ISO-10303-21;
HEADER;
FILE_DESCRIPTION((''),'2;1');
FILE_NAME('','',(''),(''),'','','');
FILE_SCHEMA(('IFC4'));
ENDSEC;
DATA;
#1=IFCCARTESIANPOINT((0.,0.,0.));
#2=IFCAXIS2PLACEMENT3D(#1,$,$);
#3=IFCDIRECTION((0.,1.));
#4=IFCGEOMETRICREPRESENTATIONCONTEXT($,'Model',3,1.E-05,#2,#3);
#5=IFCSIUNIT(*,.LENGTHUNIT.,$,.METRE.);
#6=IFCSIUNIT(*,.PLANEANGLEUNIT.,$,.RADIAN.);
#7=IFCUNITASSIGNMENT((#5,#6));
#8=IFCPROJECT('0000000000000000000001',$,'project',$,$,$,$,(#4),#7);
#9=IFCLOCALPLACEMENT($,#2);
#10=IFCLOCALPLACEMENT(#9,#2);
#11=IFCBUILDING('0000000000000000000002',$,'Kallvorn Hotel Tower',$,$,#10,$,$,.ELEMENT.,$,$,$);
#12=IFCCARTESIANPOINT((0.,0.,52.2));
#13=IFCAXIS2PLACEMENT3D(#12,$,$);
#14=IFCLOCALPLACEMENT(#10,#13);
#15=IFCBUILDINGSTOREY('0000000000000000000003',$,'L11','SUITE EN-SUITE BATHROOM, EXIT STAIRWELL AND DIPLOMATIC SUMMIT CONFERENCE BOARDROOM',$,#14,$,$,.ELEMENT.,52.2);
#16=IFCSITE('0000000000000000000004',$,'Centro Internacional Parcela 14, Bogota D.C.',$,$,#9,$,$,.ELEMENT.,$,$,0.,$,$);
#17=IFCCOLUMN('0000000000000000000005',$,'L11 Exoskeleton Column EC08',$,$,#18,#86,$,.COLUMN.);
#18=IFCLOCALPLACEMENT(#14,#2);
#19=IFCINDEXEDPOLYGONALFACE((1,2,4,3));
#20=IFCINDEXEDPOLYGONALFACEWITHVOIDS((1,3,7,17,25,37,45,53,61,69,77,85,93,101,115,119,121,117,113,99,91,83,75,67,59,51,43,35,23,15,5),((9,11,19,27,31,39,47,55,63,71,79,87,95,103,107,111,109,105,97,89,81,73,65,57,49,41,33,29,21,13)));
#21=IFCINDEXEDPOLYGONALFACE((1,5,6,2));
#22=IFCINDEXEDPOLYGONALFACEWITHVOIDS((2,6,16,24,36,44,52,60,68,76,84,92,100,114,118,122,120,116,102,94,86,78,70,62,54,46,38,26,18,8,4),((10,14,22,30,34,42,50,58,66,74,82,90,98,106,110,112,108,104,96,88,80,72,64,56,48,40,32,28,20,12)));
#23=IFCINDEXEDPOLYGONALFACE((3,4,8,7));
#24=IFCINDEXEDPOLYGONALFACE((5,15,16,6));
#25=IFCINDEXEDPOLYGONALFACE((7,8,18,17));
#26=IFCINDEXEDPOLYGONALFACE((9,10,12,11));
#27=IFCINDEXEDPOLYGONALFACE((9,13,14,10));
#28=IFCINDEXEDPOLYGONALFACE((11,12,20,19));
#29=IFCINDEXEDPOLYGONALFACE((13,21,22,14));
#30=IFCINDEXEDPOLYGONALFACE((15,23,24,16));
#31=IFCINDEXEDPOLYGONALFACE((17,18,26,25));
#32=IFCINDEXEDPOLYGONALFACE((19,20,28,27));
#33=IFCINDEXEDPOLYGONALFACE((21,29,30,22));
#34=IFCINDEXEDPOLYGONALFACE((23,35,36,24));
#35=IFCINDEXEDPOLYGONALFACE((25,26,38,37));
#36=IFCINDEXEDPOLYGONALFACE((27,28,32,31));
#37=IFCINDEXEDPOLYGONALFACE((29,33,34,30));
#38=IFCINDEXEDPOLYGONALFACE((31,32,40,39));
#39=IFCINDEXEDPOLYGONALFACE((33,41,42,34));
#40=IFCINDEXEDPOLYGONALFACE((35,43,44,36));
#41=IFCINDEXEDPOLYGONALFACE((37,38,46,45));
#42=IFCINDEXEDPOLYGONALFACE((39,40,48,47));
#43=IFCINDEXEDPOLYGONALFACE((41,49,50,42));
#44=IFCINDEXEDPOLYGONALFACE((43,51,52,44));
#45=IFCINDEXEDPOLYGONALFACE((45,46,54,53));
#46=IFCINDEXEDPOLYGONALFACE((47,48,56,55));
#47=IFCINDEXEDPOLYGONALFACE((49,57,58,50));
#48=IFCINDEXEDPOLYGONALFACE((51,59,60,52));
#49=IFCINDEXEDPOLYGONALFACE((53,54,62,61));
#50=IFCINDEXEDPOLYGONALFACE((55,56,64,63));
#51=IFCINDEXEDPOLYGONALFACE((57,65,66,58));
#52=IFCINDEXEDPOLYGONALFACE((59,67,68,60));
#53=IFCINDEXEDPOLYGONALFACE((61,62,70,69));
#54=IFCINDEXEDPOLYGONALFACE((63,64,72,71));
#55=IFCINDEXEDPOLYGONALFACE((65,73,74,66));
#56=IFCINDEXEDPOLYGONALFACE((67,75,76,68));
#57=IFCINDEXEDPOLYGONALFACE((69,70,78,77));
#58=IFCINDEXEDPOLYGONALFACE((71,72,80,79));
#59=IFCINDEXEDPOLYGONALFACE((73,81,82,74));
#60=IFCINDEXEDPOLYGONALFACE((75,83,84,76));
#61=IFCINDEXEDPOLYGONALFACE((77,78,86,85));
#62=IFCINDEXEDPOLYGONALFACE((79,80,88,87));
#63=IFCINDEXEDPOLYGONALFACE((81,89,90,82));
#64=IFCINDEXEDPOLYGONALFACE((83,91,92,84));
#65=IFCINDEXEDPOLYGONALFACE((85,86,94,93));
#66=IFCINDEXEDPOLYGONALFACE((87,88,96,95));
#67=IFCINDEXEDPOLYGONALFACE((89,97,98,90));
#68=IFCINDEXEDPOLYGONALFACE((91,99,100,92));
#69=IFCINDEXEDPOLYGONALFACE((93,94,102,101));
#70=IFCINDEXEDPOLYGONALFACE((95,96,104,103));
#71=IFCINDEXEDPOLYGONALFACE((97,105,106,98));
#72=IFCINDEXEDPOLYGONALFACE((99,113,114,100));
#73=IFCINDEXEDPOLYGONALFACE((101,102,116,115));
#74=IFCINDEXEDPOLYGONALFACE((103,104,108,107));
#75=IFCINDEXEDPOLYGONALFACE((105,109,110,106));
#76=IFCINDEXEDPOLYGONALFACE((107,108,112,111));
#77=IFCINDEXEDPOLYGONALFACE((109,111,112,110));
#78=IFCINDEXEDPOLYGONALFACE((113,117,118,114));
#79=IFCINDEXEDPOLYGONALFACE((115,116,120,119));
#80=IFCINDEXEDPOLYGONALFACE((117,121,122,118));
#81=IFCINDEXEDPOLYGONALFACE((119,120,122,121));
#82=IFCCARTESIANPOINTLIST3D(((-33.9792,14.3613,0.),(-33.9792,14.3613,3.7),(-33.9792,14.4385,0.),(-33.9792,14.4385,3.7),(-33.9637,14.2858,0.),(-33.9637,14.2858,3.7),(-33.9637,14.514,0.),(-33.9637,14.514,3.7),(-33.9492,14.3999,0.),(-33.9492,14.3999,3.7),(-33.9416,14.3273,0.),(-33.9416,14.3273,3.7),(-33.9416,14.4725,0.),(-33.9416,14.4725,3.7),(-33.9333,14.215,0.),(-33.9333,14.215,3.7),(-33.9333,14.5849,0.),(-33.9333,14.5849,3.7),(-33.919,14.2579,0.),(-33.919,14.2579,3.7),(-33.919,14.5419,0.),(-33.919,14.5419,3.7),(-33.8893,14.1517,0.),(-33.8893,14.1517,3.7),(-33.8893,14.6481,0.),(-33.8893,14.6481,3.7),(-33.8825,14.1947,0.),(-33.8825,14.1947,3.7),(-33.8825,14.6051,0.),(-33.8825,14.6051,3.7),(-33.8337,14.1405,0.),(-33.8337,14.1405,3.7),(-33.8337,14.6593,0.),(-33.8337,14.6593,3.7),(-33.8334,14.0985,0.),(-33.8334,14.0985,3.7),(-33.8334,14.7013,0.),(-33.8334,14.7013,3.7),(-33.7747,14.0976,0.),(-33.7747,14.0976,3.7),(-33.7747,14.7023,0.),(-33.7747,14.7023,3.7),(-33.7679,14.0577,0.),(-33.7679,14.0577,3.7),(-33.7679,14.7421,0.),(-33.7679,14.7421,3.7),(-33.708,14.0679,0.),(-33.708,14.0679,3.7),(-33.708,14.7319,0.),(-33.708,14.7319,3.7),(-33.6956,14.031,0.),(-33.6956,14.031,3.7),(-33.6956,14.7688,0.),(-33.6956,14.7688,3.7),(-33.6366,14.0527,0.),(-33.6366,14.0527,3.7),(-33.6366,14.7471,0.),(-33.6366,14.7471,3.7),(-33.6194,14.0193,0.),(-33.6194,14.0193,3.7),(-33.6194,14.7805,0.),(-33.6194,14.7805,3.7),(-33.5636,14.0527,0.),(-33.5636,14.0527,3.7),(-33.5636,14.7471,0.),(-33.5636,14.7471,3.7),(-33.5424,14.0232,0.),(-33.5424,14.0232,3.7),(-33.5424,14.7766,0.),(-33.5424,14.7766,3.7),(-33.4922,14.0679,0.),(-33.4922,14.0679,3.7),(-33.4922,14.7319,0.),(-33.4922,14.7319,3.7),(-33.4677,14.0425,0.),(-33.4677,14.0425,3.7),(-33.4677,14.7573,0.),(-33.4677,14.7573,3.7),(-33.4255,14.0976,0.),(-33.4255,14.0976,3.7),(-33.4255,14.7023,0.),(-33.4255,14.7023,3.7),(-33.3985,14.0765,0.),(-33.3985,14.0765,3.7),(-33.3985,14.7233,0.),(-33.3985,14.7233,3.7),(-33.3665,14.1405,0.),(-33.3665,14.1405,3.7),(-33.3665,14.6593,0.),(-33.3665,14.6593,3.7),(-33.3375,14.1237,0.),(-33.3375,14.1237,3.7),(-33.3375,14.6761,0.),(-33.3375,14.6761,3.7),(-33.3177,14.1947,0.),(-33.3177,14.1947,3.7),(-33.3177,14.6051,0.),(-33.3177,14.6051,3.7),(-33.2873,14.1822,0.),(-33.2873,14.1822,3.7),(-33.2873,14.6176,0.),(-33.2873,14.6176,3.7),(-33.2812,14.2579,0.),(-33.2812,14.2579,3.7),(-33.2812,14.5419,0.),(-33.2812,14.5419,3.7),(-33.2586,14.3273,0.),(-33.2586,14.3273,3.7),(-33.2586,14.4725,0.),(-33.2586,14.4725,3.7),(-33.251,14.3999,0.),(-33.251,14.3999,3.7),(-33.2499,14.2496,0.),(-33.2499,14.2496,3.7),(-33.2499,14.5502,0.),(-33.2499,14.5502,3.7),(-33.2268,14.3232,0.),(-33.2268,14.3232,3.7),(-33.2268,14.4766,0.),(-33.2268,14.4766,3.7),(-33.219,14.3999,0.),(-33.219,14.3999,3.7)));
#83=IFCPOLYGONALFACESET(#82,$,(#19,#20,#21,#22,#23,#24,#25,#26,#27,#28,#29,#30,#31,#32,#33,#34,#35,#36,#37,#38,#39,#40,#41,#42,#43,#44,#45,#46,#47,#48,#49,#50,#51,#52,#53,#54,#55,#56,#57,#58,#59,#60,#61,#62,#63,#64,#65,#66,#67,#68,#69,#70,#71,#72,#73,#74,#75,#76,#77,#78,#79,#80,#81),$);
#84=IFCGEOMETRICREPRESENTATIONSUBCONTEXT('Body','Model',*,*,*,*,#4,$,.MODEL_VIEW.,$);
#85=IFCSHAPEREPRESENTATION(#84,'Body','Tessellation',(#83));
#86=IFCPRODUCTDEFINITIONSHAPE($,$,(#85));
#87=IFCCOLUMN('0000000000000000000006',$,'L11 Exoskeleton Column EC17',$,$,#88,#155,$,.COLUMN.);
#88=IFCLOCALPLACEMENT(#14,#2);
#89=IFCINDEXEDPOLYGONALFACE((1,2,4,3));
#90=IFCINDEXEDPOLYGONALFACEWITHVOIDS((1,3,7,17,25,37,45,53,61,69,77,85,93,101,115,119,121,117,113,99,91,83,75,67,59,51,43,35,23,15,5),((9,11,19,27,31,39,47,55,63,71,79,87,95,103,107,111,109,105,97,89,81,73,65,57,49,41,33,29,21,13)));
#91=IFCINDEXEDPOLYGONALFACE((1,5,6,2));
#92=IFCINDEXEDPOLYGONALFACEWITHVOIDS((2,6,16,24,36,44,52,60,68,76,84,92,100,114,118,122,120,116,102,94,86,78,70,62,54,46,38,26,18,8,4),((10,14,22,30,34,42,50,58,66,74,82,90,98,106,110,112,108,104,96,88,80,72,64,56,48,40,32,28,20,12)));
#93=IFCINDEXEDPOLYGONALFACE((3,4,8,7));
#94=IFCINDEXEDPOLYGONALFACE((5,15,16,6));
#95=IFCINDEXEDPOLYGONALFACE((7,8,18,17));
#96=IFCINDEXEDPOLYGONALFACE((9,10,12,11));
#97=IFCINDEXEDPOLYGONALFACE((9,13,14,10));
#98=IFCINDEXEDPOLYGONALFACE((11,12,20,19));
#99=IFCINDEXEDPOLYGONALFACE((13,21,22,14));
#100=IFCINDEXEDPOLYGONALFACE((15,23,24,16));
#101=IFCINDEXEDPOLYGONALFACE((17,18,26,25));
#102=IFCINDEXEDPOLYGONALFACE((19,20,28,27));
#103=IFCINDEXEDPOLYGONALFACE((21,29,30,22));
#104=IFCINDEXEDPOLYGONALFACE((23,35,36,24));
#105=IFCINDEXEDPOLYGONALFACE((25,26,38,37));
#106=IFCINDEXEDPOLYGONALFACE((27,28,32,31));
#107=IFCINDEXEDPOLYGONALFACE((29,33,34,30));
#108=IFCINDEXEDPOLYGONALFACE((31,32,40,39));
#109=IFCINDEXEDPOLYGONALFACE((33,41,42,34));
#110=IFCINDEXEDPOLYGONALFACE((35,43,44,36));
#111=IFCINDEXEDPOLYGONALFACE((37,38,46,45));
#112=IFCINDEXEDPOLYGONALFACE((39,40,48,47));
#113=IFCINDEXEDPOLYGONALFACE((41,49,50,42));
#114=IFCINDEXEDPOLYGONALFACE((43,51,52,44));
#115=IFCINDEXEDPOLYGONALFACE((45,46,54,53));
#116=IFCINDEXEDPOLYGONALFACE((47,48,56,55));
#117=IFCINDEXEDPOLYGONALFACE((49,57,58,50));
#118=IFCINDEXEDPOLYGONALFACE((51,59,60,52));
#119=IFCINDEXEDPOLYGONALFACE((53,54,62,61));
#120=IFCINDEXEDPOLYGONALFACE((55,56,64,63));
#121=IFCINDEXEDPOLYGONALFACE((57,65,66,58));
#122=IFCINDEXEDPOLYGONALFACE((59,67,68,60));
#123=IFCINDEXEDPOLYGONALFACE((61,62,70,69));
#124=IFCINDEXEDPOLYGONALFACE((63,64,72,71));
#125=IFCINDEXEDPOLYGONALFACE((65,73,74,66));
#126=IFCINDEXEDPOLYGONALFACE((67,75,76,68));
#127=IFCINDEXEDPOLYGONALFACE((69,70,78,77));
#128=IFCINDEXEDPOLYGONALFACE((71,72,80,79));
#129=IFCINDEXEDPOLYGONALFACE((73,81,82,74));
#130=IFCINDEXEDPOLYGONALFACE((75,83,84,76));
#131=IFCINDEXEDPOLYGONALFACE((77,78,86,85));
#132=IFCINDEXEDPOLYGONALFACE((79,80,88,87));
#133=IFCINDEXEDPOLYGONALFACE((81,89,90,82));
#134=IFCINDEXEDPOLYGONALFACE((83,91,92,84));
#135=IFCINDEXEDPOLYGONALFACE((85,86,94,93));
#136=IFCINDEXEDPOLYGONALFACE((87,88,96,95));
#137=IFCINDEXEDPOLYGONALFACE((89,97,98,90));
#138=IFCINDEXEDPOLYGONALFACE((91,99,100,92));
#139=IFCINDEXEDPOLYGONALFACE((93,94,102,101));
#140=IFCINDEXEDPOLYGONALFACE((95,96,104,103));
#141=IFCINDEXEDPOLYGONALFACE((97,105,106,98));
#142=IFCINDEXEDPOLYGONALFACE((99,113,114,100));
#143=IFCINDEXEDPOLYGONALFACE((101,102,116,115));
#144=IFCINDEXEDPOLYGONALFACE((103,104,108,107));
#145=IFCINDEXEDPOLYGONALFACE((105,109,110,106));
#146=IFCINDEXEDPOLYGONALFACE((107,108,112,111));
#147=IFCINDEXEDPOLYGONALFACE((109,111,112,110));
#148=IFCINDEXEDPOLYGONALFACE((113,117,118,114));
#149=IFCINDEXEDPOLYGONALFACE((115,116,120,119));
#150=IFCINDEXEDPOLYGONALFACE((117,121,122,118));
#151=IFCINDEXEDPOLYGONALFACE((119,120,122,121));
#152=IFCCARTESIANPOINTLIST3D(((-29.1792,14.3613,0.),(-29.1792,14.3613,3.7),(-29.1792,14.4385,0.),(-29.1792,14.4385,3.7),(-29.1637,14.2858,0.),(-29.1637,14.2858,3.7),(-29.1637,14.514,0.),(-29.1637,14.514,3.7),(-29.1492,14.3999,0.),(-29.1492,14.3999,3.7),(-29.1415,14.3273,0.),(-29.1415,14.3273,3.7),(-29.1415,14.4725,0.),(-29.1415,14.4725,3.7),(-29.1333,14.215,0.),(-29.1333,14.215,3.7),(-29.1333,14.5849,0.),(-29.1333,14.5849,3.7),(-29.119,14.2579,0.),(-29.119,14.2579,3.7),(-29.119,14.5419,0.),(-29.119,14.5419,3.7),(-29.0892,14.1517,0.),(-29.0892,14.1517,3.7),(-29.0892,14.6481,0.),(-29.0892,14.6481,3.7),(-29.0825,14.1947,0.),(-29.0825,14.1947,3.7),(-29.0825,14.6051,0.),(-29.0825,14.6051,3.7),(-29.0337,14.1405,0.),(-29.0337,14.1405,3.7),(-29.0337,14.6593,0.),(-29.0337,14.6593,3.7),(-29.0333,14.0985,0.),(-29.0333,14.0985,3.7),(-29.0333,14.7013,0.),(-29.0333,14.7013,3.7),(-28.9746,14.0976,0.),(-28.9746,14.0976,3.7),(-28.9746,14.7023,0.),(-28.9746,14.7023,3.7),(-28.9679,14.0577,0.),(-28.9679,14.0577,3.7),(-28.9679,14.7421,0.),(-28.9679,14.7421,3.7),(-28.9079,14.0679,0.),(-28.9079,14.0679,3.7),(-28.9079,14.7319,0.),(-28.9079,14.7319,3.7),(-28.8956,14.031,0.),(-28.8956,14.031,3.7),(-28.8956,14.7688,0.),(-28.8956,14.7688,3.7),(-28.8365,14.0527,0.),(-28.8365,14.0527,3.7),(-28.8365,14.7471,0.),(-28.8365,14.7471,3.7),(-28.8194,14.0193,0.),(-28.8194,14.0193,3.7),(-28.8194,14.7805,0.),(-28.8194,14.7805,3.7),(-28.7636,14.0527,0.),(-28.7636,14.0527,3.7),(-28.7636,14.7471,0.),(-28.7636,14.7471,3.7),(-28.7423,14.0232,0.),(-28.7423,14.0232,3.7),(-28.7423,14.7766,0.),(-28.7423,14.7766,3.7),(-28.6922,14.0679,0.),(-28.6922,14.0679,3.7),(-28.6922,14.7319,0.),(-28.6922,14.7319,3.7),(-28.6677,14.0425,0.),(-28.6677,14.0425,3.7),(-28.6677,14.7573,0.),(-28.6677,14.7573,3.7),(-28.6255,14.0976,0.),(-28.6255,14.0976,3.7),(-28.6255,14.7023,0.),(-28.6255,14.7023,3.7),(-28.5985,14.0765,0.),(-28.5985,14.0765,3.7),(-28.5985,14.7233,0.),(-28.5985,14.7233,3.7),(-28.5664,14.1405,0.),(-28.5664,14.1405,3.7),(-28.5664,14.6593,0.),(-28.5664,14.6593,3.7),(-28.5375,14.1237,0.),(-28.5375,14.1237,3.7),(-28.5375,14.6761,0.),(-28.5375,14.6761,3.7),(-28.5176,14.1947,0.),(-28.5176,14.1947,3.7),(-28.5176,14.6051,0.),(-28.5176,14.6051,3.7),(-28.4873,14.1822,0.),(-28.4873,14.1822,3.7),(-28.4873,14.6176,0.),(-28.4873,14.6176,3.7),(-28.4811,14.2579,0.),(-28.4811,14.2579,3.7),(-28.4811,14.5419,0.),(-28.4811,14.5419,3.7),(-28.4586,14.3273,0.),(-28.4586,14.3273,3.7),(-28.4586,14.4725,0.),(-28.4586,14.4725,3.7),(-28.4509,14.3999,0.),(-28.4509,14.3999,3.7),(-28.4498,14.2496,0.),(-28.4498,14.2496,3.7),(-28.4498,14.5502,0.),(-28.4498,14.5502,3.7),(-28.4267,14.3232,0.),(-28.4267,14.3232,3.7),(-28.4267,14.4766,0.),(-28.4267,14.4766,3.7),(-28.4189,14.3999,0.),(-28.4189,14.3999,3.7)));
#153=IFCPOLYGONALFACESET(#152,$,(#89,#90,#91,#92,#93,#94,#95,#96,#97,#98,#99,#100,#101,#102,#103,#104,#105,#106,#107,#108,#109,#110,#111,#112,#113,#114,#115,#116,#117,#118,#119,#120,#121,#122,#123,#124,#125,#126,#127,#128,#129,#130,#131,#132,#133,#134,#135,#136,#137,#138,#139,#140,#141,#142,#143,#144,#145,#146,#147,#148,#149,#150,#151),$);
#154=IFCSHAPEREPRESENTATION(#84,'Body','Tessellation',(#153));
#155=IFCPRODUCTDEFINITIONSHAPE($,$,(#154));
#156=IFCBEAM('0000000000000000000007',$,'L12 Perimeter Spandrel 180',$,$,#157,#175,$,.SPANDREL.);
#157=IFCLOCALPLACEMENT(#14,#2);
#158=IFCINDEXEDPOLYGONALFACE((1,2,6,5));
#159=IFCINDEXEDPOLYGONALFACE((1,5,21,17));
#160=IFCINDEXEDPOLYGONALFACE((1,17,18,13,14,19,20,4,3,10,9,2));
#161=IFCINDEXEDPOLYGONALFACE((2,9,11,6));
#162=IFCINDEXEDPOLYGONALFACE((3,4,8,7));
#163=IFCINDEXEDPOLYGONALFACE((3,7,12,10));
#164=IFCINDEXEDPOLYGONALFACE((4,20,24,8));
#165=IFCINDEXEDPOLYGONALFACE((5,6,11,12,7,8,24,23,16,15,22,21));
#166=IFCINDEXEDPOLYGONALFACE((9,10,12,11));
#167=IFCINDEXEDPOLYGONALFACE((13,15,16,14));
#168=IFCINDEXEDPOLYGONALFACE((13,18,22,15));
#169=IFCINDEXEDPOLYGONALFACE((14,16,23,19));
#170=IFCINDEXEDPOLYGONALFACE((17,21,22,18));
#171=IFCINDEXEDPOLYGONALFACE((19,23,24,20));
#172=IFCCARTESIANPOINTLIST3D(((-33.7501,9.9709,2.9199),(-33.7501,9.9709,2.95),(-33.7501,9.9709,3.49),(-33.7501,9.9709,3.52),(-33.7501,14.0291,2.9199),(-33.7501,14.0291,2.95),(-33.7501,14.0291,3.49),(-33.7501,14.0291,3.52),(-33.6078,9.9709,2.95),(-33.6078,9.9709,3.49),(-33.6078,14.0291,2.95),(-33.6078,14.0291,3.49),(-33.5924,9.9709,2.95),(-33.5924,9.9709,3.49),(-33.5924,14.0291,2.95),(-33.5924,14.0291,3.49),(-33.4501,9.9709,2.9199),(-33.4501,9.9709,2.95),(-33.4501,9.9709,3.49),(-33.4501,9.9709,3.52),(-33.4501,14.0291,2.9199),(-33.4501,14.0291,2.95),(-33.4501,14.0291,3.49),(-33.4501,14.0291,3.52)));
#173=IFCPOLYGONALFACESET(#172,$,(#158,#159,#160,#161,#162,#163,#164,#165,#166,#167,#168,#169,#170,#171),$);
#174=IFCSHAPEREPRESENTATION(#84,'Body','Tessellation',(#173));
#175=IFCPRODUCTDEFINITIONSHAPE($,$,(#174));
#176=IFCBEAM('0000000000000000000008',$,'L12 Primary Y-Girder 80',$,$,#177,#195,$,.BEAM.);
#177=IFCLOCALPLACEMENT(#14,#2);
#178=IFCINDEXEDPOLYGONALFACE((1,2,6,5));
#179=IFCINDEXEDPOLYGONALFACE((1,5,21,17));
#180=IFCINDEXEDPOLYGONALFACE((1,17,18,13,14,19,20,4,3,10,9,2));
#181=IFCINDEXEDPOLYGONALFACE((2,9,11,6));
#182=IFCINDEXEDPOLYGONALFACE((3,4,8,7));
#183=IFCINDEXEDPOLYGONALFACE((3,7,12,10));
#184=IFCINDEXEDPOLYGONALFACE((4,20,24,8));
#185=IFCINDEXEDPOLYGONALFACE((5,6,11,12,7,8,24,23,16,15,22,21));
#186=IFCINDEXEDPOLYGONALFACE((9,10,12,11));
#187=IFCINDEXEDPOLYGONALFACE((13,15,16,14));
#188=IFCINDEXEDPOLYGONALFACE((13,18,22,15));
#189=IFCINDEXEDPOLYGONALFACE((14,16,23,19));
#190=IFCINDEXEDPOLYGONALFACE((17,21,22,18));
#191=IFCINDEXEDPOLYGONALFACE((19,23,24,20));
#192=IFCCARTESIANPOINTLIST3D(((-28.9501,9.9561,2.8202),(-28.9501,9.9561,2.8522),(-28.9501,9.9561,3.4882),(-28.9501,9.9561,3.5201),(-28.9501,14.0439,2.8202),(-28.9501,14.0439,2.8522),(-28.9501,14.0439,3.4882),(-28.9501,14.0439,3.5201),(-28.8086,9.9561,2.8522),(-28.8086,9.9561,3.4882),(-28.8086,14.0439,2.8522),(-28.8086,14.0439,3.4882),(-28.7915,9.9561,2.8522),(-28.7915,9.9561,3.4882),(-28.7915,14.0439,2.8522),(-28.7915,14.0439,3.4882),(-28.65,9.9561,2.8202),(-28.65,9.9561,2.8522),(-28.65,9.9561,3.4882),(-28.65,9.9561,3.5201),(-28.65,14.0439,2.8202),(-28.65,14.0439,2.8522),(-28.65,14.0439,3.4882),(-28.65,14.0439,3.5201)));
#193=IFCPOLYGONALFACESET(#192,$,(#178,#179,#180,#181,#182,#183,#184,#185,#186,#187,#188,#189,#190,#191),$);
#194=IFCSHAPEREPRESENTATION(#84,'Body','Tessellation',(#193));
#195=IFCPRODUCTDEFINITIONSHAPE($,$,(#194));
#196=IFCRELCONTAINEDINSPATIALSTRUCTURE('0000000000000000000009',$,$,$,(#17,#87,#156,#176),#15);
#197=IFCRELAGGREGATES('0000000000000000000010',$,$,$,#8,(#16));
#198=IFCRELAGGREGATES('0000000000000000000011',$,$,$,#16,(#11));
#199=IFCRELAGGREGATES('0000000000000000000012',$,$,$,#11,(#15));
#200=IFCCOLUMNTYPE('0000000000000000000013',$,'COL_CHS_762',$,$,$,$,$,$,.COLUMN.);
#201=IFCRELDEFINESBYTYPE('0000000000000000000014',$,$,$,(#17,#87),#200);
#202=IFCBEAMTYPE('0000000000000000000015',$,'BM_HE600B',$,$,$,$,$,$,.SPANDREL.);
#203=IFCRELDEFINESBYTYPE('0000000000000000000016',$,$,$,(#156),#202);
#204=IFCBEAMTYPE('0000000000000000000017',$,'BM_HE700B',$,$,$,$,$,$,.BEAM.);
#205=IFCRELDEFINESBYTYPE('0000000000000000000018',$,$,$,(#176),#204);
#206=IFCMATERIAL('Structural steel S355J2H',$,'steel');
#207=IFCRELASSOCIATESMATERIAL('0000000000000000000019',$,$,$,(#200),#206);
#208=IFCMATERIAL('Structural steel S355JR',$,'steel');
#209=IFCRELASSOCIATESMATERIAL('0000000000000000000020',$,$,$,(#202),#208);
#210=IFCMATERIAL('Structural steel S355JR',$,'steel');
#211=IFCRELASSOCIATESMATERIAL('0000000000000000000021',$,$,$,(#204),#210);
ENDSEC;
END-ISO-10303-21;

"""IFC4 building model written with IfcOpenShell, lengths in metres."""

from ifc_helpers import new_model, si_unit, direction, frame, origin, origin_2d, place, context, subcontext, project, spatial, hollow_circle, i_section, extrude, material, material_profile, profile_set, type_object, element, save


model = new_model("IFC4")

# Units and contexts
model_context = context("Model", 3, precision=1e-05, world=origin(), true_north=direction((0.0, 1.0)))
body_context = subcontext(model_context, "Body", "Model", "MODEL_VIEW")
ifc_project = project(units=[si_unit("LENGTHUNIT", "METRE"), si_unit("PLANEANGLEUNIT", "RADIAN")], contexts=[model_context])

# Site, building, storey
site_placement = place(None, origin())
site = spatial("IfcSite", under=ifc_project, at=site_placement, Name="Centro Internacional Parcela 14, Bogota D.C.", CompositionType="ELEMENT", RefElevation=0.0)
building_placement = place(site_placement, origin())
building = spatial("IfcBuilding", under=site, at=building_placement, Name="Kallvorn Hotel Tower", CompositionType="ELEMENT")
storey_placement = place(building_placement, frame((0.0, 0.0, 52.2)))
storey = spatial("IfcBuildingStorey", under=building, at=storey_placement, Name="L11", Description="SUITE EN-SUITE BATHROOM, EXIT STAIRWELL AND DIPLOMATIC SUMMIT CONFERENCE BOARDROOM", CompositionType="ELEMENT", Elevation=52.2)

# Columns
ifc_material_1 = material(Name="Structural steel S355J2H", Category="steel")
ifc_material_profile_1 = material_profile(ifc_material_1, hollow_circle(Radius=0.3811, WallThickness=0.032, at=origin_2d()), Name="CHS 762x32")
ifc_profile_set_1 = profile_set([ifc_material_profile_1], Name="Structural steel S355J2H")
column_type = type_object("IfcColumnType", Name="COL_CHS_762", PredefinedType="COLUMN", material=ifc_profile_set_1)
for number, where, z_axis, x_axis, name in (
    (1, (-33.6001, 14.3999, 0.0), (0.0, 0.0, 1.0), (1.0, 0.0, 0.0), "L11 Exoskeleton Column EC08"),
    (2, (-28.8, 14.3999, 0.0), (0.0, 0.0, 1.0), (1.0, 0.0, 0.0), "L11 Exoskeleton Column EC17"),
):
    element("IfcColumn", number, at=place(storey_placement, frame(where, z_axis=z_axis, x_axis=x_axis)), inside=storey, type_object=column_type, Name=name, PredefinedType="COLUMN", context=body_context, shape_type="SweptSolid", body=[
        extrude(hollow_circle(Radius=0.3811, WallThickness=0.032, at=origin_2d()), origin(), (0.0, 0.0, 1.0), 3.7),
    ])

# Beams
ifc_material_2 = material(Name="Structural steel S355JR", Category="steel")
ifc_material_profile_2 = material_profile(ifc_material_2, i_section(OverallWidth=0.3, OverallDepth=0.6001, WebThickness=0.0154, FlangeThickness=0.03, at=origin_2d()), Name="HE 600 B")
ifc_profile_set_2 = profile_set([ifc_material_profile_2], Name="Structural steel S355JR")
beam_type_1 = type_object("IfcBeamType", Name="BM_HE600B", PredefinedType="SPANDREL", material=ifc_profile_set_2)
beam_1_placement = place(storey_placement, frame((-33.6001, 9.9709, 3.22), z_axis=(0.0, 1.0, 0.0), x_axis=(-1.0, 0.0, 0.0)))
element("IfcBeam", 3, at=beam_1_placement, inside=storey, type_object=beam_type_1, Name="L12 Perimeter Spandrel 180", PredefinedType="SPANDREL", context=body_context, shape_type="SweptSolid", body=[
    extrude(i_section(OverallWidth=0.3, OverallDepth=0.6001, WebThickness=0.0154, FlangeThickness=0.03, at=origin_2d()), origin(), (0.0, 0.0, 1.0), 4.0581),
])
ifc_material_3 = material(Name="Structural steel S355JR", Category="steel")
ifc_material_profile_3 = material_profile(ifc_material_3, i_section(OverallWidth=0.3, OverallDepth=0.7, WebThickness=0.0171, FlangeThickness=0.032, at=origin_2d()), Name="HE 700 B")
ifc_profile_set_3 = profile_set([ifc_material_profile_3], Name="Structural steel S355JR")
beam_type_2 = type_object("IfcBeamType", Name="BM_HE700B", PredefinedType="BEAM", material=ifc_profile_set_3)
for number, where, z_axis, x_axis, name in (
    (4, (-28.8, 9.9561, 3.1702), (0.0, 1.0, 0.0), (-1.0, 0.0, 0.0), "L12 Primary Y-Girder 80"),
):
    element("IfcBeam", number, at=place(storey_placement, frame(where, z_axis=z_axis, x_axis=x_axis)), inside=storey, type_object=beam_type_2, Name=name, PredefinedType="BEAM", context=body_context, shape_type="SweptSolid", body=[
        extrude(i_section(OverallWidth=0.3, OverallDepth=0.7, WebThickness=0.0171, FlangeThickness=0.032, at=origin_2d()), origin(), (0.0, 0.0, 1.0), 4.0879),
    ])

save(model, "model.ifc")
